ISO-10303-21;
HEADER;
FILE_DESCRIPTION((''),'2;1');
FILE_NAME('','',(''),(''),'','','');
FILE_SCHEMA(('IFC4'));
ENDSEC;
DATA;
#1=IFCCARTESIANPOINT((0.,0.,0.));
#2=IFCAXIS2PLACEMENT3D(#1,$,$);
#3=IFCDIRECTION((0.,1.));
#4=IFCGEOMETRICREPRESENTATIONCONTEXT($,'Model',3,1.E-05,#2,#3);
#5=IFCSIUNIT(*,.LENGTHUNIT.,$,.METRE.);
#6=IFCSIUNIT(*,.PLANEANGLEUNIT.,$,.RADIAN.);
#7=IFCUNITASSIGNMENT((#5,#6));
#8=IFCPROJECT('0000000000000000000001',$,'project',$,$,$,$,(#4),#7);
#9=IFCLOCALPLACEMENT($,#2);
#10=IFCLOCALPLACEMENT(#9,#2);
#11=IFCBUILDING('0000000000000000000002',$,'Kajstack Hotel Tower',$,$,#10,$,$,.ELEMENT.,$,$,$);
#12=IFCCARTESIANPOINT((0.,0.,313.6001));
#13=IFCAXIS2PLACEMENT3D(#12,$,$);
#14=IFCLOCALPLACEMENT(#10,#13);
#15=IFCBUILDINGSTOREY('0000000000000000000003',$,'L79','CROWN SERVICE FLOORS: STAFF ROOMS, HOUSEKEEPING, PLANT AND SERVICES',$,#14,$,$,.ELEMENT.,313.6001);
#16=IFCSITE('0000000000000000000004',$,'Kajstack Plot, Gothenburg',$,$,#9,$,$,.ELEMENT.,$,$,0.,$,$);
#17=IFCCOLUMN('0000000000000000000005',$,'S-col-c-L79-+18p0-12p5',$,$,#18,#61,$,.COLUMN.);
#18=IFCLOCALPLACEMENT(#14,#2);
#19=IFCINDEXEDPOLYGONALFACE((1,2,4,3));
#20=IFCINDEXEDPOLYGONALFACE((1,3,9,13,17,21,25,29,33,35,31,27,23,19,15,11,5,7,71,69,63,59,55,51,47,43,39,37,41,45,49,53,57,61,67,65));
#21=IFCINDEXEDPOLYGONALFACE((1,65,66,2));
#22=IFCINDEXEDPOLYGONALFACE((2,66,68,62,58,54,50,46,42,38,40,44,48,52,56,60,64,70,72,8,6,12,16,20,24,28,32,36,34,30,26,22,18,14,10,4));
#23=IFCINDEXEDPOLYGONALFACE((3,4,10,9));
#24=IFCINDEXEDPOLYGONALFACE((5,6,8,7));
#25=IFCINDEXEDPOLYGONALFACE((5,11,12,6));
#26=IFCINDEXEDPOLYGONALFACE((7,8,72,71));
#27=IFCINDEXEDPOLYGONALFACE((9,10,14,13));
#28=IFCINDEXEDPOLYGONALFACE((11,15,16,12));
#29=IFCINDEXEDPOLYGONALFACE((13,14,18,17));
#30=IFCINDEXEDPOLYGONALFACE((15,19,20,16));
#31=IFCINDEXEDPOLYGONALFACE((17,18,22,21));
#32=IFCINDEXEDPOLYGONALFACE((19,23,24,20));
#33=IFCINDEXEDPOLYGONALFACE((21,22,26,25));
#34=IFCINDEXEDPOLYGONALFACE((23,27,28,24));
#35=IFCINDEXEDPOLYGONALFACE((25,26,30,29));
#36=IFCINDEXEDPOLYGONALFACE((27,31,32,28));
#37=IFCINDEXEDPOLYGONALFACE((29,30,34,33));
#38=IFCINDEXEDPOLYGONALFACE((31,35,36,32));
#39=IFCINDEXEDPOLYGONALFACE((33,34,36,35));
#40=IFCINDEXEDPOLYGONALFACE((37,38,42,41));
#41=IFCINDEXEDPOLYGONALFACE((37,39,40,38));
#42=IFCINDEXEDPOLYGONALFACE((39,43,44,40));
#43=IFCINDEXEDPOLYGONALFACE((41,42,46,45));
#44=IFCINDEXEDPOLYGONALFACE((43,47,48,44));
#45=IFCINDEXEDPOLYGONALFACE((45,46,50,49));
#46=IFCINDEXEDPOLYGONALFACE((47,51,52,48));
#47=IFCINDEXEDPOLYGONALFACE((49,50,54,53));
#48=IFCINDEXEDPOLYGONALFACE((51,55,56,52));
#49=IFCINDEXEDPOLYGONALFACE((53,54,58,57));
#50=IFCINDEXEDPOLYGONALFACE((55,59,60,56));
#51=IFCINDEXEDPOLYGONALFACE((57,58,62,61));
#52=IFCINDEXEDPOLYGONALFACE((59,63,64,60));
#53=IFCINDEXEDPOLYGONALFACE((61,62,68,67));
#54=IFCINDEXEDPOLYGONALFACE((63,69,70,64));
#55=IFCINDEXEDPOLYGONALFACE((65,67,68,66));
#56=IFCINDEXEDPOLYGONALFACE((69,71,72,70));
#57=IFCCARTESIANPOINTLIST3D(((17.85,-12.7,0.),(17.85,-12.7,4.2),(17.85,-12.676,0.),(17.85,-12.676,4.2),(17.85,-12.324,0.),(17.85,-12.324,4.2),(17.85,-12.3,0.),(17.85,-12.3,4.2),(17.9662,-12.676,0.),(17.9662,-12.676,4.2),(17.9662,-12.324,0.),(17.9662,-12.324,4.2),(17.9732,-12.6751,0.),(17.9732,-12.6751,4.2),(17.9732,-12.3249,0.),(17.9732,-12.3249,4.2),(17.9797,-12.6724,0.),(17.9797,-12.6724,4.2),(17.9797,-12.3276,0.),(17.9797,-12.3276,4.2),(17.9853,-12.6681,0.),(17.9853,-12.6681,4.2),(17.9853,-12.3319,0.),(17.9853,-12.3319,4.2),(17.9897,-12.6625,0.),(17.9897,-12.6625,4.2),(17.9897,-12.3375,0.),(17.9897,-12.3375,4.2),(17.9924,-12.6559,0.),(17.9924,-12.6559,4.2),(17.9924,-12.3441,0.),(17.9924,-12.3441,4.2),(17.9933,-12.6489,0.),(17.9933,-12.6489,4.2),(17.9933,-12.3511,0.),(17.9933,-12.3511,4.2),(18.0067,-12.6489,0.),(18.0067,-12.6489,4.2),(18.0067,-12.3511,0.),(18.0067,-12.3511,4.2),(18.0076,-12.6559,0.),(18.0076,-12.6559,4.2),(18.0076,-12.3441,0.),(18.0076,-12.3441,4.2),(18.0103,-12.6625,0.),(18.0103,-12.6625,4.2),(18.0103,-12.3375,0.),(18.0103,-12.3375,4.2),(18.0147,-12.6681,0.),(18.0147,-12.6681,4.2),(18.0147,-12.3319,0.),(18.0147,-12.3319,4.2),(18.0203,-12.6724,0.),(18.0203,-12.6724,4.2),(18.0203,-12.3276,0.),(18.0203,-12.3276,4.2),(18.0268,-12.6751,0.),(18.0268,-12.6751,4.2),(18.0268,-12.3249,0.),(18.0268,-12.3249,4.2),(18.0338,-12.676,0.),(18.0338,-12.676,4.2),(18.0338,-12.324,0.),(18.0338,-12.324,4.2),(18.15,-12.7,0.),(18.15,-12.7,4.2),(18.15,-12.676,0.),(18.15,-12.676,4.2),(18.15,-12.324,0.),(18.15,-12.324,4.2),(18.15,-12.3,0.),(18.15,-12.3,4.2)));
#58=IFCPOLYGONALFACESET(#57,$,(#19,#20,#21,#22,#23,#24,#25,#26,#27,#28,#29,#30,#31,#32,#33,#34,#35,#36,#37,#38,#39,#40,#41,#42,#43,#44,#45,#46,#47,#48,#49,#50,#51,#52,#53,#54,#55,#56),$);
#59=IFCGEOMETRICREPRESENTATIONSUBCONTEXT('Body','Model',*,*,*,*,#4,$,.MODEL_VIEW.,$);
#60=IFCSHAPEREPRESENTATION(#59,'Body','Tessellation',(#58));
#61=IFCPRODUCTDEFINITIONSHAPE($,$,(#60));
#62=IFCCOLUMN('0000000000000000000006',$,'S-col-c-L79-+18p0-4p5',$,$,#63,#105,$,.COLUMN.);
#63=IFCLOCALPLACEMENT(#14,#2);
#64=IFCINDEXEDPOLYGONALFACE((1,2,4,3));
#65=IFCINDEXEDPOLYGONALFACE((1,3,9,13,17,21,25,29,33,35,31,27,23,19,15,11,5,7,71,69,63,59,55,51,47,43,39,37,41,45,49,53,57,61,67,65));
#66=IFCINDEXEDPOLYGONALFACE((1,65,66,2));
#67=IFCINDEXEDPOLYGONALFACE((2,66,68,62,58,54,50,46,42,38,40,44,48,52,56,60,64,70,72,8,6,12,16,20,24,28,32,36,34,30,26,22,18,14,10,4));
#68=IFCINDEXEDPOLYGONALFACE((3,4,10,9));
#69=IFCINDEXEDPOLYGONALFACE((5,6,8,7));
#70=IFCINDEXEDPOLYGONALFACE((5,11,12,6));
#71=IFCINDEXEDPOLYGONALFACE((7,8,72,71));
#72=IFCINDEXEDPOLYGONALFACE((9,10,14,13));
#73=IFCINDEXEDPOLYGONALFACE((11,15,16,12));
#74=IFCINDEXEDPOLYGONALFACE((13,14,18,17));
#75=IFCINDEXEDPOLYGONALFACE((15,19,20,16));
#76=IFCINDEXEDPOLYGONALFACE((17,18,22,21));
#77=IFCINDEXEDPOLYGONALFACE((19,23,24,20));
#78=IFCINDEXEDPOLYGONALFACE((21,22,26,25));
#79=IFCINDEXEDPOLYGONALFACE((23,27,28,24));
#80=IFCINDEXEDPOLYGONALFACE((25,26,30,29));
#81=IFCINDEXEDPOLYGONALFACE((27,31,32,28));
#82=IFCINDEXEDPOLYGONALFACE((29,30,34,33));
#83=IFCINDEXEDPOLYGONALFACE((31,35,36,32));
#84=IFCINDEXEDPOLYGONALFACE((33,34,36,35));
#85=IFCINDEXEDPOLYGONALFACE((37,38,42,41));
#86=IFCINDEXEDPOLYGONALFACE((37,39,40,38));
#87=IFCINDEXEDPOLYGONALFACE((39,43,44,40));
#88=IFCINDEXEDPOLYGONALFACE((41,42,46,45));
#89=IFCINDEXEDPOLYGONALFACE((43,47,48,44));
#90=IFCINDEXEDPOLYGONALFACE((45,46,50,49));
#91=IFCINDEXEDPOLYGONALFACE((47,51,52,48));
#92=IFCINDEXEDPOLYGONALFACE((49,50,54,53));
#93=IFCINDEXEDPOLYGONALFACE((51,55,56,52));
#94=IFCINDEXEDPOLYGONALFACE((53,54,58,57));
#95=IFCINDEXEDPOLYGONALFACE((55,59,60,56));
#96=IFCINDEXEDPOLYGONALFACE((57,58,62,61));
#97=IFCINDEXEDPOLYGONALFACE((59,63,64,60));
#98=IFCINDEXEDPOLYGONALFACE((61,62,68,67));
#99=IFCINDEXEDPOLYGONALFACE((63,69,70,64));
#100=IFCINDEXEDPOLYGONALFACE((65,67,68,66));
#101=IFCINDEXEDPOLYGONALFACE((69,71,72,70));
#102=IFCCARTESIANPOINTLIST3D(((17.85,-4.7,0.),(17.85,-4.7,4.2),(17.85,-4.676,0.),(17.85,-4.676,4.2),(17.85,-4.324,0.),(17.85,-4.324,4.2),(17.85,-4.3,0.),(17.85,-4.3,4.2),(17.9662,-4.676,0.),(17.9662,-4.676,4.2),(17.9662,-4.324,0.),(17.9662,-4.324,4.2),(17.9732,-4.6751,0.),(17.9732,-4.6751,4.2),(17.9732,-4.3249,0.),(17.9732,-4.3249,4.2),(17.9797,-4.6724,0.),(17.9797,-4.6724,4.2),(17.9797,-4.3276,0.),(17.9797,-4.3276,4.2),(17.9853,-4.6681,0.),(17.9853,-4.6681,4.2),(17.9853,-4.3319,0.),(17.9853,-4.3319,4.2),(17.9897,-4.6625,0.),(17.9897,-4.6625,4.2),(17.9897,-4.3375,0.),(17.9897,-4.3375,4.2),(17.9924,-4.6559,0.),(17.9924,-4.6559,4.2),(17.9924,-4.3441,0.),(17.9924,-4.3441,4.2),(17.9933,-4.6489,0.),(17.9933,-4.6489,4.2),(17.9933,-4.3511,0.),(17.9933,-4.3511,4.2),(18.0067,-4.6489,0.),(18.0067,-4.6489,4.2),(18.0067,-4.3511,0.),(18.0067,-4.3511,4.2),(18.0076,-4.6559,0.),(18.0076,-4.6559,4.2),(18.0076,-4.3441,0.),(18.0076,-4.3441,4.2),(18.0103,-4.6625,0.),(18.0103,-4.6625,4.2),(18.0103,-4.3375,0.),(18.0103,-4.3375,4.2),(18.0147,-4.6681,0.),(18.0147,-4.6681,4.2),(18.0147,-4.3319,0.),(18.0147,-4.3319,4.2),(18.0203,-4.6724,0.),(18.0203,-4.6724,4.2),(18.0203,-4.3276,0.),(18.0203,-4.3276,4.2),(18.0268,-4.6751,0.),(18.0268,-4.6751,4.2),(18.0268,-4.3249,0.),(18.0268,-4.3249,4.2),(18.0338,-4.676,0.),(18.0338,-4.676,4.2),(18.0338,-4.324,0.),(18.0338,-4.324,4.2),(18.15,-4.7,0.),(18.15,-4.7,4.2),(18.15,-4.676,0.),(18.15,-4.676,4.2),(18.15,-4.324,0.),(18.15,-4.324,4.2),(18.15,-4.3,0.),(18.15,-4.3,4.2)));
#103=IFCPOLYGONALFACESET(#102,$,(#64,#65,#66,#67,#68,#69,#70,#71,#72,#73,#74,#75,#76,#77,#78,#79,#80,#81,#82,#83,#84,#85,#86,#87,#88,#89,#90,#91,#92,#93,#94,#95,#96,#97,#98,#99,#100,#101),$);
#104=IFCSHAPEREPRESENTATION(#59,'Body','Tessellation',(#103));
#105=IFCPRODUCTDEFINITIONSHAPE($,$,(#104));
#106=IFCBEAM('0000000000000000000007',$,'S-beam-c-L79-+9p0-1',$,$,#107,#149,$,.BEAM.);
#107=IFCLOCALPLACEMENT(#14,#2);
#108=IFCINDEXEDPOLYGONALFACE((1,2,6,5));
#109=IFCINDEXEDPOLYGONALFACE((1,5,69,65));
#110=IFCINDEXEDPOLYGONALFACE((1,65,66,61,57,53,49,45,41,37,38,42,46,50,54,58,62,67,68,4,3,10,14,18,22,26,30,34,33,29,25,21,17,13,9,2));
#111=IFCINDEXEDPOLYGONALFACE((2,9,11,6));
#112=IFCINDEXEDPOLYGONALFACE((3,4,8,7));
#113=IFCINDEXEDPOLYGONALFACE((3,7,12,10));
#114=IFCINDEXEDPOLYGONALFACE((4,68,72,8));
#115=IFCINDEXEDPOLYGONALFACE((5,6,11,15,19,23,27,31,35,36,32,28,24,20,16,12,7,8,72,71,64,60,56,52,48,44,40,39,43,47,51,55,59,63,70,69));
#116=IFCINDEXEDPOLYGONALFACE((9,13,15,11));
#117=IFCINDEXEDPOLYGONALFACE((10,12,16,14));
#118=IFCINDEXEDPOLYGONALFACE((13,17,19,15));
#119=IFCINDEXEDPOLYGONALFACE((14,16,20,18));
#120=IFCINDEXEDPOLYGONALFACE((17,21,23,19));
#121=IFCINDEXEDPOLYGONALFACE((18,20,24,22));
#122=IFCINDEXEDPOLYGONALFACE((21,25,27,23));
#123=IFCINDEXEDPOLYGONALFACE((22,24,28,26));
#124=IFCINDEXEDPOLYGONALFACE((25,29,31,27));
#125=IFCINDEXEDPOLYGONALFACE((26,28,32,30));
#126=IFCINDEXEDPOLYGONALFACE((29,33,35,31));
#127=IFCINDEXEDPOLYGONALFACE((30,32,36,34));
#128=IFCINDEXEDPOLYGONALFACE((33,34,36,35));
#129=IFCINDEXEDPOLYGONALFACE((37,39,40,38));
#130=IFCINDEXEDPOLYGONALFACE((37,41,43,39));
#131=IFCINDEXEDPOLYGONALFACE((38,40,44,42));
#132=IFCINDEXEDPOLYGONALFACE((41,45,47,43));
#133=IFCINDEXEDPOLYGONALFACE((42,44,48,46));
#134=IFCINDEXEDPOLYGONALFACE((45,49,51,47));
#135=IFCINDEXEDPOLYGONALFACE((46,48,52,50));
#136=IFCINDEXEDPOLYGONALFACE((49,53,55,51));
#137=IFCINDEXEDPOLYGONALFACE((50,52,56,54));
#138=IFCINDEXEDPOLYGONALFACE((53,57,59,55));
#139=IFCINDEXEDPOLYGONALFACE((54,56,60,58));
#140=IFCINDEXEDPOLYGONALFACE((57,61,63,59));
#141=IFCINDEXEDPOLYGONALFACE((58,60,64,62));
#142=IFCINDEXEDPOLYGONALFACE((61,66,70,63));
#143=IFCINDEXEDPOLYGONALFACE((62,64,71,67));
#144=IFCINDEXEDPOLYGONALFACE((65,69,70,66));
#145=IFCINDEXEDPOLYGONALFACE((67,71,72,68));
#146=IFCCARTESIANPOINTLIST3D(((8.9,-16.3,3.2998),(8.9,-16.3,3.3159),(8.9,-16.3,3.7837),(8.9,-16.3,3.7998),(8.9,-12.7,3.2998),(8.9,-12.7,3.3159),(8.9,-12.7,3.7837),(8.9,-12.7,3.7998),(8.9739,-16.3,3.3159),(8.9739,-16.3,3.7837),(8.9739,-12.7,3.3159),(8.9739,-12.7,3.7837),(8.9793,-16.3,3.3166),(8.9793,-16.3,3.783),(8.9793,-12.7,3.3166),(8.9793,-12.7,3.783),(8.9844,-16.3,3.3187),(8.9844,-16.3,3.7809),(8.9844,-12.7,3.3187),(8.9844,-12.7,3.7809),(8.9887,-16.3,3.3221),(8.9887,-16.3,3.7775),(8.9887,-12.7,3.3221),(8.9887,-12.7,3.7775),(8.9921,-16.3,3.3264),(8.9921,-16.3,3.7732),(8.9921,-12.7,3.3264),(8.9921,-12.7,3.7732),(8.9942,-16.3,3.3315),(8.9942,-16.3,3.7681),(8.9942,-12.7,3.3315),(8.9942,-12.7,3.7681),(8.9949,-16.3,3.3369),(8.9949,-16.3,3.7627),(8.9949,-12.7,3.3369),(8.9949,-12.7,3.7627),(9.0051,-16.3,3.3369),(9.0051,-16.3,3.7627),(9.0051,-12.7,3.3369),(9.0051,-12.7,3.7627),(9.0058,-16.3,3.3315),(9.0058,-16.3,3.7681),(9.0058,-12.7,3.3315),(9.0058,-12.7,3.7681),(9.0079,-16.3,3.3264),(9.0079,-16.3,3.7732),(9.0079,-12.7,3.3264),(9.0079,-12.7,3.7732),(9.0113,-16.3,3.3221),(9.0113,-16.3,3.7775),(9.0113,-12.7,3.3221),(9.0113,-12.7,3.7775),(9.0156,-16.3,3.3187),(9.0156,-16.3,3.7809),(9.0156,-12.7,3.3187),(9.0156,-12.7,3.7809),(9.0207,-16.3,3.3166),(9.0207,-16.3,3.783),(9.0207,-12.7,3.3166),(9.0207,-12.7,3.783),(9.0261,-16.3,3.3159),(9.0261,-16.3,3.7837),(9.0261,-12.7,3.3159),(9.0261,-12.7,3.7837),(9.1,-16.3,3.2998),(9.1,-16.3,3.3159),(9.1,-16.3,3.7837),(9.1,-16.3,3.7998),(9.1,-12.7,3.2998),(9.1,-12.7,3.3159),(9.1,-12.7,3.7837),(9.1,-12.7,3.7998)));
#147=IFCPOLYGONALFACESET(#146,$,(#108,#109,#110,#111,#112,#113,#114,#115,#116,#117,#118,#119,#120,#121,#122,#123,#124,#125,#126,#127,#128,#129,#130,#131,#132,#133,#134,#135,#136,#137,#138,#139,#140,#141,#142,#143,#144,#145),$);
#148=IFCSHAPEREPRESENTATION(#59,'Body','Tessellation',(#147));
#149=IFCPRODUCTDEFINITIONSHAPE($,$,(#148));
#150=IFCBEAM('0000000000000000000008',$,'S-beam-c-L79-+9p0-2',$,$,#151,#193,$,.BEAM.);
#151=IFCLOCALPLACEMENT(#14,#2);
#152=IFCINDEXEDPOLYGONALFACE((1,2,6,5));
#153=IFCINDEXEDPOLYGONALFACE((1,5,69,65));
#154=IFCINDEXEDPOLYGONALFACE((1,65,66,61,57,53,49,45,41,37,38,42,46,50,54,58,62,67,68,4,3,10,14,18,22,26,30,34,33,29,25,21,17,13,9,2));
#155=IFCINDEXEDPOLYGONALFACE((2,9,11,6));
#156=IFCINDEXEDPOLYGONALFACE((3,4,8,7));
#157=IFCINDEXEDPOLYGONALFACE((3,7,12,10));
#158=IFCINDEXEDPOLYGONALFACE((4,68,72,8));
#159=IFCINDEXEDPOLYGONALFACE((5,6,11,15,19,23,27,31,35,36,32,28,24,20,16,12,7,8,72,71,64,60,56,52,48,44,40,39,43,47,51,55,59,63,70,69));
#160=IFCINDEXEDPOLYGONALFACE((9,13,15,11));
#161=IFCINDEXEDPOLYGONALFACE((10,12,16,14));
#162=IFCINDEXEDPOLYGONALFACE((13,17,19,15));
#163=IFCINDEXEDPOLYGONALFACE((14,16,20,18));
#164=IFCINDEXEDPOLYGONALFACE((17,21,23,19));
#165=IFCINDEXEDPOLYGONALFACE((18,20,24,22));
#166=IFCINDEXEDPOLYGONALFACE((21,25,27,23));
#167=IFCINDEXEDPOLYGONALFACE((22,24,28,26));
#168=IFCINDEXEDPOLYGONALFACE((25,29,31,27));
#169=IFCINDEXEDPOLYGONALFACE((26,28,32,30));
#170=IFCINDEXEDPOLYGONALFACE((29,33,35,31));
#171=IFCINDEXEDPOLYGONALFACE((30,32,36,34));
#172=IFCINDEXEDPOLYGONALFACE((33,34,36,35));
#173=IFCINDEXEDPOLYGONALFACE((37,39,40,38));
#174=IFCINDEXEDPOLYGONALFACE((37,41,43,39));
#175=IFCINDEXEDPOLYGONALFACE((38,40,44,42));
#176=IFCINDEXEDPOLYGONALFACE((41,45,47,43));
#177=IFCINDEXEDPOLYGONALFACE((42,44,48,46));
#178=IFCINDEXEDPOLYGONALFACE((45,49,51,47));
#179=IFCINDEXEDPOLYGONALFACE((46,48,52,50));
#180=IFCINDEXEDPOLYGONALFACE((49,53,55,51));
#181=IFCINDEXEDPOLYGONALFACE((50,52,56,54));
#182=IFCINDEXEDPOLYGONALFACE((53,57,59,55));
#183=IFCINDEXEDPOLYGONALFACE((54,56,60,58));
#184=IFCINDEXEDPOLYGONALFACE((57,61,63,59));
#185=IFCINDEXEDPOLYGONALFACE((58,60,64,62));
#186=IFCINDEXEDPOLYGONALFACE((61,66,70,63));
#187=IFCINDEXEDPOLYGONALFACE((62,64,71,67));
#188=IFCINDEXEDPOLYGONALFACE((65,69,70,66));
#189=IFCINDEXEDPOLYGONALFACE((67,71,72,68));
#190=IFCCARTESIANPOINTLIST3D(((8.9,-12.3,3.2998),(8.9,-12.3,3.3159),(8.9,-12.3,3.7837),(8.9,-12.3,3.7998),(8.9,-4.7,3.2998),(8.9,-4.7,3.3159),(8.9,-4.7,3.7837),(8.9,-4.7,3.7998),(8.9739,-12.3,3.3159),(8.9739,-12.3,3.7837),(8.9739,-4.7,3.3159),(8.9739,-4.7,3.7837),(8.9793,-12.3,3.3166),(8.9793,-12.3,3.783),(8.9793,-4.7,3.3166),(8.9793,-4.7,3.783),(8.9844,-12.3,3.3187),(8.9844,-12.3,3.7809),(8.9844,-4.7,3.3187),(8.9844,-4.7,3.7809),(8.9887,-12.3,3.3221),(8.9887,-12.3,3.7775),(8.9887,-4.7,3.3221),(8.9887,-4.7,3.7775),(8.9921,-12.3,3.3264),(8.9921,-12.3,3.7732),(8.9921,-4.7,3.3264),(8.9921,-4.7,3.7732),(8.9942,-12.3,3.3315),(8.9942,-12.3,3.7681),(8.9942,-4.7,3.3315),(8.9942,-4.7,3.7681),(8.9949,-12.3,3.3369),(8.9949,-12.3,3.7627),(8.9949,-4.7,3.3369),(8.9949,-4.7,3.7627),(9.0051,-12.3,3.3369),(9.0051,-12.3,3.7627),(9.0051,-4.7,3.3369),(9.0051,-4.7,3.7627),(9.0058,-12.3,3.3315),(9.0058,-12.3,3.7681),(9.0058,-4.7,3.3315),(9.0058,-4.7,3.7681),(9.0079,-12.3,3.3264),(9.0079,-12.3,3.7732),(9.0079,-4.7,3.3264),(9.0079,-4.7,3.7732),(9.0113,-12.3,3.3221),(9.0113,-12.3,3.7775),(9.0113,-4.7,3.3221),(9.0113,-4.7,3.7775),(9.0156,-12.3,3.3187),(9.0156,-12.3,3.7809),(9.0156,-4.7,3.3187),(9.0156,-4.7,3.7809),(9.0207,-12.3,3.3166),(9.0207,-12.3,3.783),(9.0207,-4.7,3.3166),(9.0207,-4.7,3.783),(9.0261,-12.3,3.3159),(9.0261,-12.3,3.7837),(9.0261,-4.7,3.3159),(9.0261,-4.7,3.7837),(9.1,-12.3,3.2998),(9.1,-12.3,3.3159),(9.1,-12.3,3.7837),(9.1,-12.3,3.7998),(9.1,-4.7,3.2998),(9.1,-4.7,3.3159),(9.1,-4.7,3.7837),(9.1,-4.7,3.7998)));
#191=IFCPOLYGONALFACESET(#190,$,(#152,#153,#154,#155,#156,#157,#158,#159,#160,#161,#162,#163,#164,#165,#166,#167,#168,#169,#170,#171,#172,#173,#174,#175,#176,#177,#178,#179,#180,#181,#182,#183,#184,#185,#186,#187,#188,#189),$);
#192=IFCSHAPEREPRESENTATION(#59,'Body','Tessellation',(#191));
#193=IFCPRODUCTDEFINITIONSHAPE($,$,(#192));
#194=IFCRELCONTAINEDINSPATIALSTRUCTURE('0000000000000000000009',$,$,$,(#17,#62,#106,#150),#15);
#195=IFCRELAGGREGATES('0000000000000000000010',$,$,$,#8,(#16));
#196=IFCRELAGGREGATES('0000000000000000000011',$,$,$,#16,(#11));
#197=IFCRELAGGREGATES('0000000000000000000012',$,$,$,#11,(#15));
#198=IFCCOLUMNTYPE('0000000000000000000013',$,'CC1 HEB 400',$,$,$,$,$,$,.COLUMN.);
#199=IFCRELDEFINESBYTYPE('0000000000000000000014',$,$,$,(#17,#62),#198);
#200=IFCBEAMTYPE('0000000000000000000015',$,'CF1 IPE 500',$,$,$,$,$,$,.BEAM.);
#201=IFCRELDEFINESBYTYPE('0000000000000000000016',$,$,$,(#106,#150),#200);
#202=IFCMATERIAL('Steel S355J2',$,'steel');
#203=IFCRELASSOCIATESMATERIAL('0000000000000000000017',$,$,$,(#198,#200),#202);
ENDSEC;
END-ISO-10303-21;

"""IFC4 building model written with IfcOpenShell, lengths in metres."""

from ifc_helpers import new_model, si_unit, direction, frame, origin, origin_2d, place, context, subcontext, project, spatial, i_section, extrude, material, material_profile, profile_set, type_object, element, save


model = new_model("IFC4")

# Units and contexts
model_context = context("Model", 3, precision=1e-05, world=origin(), true_north=direction((0.0, 1.0)))
body_context = subcontext(model_context, "Body", "Model", "MODEL_VIEW")
ifc_project = project(units=[si_unit("LENGTHUNIT", "METRE"), si_unit("PLANEANGLEUNIT", "RADIAN")], contexts=[model_context])

# Site, building, storey
site_placement = place(None, origin())
site = spatial("IfcSite", under=ifc_project, at=site_placement, Name="Kajstack Plot, Gothenburg", CompositionType="ELEMENT", RefElevation=0.0)
building_placement = place(site_placement, origin())
building = spatial("IfcBuilding", under=site, at=building_placement, Name="Kajstack Hotel Tower", CompositionType="ELEMENT")
storey_placement = place(building_placement, frame((0.0, 0.0, 313.6001)))
storey = spatial("IfcBuildingStorey", under=building, at=storey_placement, Name="L79", Description="CROWN SERVICE FLOORS: STAFF ROOMS, HOUSEKEEPING, PLANT AND SERVICES", CompositionType="ELEMENT", Elevation=313.6001)

# Columns
ifc_material_1 = material(Name="Steel S355J2", Category="steel")
ifc_material_profile_1 = material_profile(ifc_material_1, i_section(OverallWidth=0.3, OverallDepth=0.3999, WebThickness=0.0134, FlangeThickness=0.0239, FilletRadius=0.0271, at=origin_2d()), Name="HEB 400")
ifc_profile_set_1 = profile_set([ifc_material_profile_1], Name="Steel S355J2")
column_type = type_object("IfcColumnType", Name="CC1 HEB 400", PredefinedType="COLUMN", material=ifc_profile_set_1)
for number, where, z_axis, x_axis, name in (
    (1, (18.0, -12.5, 0.0), (0.0, 0.0, 1.0), (1.0, 0.0, 0.0), "S-col-c-L79-+18p0-12p5"),
    (2, (18.0, -4.5, 0.0), (0.0, 0.0, 1.0), (1.0, 0.0, 0.0), "S-col-c-L79-+18p0-4p5"),
):
    element("IfcColumn", number, at=place(storey_placement, frame(where, z_axis=z_axis, x_axis=x_axis)), inside=storey, type_object=column_type, Name=name, PredefinedType="COLUMN", context=body_context, shape_type="SweptSolid", body=[
        extrude(i_section(OverallWidth=0.3, OverallDepth=0.3999, WebThickness=0.0134, FlangeThickness=0.0239, FilletRadius=0.0271, at=origin_2d()), origin(), (0.0, 0.0, 1.0), 4.2),
    ])

# Beams
ifc_material_profile_2 = material_profile(ifc_material_1, i_section(OverallWidth=0.2, OverallDepth=0.5, WebThickness=0.0103, FlangeThickness=0.0161, FilletRadius=0.021, at=origin_2d()), Name="IPE 500")
ifc_profile_set_2 = profile_set([ifc_material_profile_2], Name="Steel S355J2")
beam_type = type_object("IfcBeamType", Name="CF1 IPE 500", PredefinedType="BEAM", material=ifc_profile_set_2)
beam_1_placement = place(storey_placement, frame((9.0, -16.3, 3.5498), z_axis=(0.0, 1.0, 0.0), x_axis=(-1.0, 0.0, 0.0)))
element("IfcBeam", 3, at=beam_1_placement, inside=storey, type_object=beam_type, Name="S-beam-c-L79-+9p0-1", PredefinedType="BEAM", context=body_context, shape_type="SweptSolid", body=[
    extrude(i_section(OverallWidth=0.2, OverallDepth=0.5, WebThickness=0.0103, FlangeThickness=0.0161, FilletRadius=0.021, at=origin_2d()), origin(), (0.0, 0.0, 1.0), 3.6001),
])
beam_2_placement = place(storey_placement, frame((9.0, -12.3, 3.5498), z_axis=(0.0, 1.0, 0.0), x_axis=(-1.0, 0.0, 0.0)))
element("IfcBeam", 4, at=beam_2_placement, inside=storey, type_object=beam_type, Name="S-beam-c-L79-+9p0-2", PredefinedType="BEAM", context=body_context, shape_type="SweptSolid", body=[
    extrude(i_section(OverallWidth=0.2, OverallDepth=0.5, WebThickness=0.0103, FlangeThickness=0.0161, FilletRadius=0.021, at=origin_2d()), origin(), (0.0, 0.0, 1.0), 7.6001),
])

save(model, "model.ifc")
